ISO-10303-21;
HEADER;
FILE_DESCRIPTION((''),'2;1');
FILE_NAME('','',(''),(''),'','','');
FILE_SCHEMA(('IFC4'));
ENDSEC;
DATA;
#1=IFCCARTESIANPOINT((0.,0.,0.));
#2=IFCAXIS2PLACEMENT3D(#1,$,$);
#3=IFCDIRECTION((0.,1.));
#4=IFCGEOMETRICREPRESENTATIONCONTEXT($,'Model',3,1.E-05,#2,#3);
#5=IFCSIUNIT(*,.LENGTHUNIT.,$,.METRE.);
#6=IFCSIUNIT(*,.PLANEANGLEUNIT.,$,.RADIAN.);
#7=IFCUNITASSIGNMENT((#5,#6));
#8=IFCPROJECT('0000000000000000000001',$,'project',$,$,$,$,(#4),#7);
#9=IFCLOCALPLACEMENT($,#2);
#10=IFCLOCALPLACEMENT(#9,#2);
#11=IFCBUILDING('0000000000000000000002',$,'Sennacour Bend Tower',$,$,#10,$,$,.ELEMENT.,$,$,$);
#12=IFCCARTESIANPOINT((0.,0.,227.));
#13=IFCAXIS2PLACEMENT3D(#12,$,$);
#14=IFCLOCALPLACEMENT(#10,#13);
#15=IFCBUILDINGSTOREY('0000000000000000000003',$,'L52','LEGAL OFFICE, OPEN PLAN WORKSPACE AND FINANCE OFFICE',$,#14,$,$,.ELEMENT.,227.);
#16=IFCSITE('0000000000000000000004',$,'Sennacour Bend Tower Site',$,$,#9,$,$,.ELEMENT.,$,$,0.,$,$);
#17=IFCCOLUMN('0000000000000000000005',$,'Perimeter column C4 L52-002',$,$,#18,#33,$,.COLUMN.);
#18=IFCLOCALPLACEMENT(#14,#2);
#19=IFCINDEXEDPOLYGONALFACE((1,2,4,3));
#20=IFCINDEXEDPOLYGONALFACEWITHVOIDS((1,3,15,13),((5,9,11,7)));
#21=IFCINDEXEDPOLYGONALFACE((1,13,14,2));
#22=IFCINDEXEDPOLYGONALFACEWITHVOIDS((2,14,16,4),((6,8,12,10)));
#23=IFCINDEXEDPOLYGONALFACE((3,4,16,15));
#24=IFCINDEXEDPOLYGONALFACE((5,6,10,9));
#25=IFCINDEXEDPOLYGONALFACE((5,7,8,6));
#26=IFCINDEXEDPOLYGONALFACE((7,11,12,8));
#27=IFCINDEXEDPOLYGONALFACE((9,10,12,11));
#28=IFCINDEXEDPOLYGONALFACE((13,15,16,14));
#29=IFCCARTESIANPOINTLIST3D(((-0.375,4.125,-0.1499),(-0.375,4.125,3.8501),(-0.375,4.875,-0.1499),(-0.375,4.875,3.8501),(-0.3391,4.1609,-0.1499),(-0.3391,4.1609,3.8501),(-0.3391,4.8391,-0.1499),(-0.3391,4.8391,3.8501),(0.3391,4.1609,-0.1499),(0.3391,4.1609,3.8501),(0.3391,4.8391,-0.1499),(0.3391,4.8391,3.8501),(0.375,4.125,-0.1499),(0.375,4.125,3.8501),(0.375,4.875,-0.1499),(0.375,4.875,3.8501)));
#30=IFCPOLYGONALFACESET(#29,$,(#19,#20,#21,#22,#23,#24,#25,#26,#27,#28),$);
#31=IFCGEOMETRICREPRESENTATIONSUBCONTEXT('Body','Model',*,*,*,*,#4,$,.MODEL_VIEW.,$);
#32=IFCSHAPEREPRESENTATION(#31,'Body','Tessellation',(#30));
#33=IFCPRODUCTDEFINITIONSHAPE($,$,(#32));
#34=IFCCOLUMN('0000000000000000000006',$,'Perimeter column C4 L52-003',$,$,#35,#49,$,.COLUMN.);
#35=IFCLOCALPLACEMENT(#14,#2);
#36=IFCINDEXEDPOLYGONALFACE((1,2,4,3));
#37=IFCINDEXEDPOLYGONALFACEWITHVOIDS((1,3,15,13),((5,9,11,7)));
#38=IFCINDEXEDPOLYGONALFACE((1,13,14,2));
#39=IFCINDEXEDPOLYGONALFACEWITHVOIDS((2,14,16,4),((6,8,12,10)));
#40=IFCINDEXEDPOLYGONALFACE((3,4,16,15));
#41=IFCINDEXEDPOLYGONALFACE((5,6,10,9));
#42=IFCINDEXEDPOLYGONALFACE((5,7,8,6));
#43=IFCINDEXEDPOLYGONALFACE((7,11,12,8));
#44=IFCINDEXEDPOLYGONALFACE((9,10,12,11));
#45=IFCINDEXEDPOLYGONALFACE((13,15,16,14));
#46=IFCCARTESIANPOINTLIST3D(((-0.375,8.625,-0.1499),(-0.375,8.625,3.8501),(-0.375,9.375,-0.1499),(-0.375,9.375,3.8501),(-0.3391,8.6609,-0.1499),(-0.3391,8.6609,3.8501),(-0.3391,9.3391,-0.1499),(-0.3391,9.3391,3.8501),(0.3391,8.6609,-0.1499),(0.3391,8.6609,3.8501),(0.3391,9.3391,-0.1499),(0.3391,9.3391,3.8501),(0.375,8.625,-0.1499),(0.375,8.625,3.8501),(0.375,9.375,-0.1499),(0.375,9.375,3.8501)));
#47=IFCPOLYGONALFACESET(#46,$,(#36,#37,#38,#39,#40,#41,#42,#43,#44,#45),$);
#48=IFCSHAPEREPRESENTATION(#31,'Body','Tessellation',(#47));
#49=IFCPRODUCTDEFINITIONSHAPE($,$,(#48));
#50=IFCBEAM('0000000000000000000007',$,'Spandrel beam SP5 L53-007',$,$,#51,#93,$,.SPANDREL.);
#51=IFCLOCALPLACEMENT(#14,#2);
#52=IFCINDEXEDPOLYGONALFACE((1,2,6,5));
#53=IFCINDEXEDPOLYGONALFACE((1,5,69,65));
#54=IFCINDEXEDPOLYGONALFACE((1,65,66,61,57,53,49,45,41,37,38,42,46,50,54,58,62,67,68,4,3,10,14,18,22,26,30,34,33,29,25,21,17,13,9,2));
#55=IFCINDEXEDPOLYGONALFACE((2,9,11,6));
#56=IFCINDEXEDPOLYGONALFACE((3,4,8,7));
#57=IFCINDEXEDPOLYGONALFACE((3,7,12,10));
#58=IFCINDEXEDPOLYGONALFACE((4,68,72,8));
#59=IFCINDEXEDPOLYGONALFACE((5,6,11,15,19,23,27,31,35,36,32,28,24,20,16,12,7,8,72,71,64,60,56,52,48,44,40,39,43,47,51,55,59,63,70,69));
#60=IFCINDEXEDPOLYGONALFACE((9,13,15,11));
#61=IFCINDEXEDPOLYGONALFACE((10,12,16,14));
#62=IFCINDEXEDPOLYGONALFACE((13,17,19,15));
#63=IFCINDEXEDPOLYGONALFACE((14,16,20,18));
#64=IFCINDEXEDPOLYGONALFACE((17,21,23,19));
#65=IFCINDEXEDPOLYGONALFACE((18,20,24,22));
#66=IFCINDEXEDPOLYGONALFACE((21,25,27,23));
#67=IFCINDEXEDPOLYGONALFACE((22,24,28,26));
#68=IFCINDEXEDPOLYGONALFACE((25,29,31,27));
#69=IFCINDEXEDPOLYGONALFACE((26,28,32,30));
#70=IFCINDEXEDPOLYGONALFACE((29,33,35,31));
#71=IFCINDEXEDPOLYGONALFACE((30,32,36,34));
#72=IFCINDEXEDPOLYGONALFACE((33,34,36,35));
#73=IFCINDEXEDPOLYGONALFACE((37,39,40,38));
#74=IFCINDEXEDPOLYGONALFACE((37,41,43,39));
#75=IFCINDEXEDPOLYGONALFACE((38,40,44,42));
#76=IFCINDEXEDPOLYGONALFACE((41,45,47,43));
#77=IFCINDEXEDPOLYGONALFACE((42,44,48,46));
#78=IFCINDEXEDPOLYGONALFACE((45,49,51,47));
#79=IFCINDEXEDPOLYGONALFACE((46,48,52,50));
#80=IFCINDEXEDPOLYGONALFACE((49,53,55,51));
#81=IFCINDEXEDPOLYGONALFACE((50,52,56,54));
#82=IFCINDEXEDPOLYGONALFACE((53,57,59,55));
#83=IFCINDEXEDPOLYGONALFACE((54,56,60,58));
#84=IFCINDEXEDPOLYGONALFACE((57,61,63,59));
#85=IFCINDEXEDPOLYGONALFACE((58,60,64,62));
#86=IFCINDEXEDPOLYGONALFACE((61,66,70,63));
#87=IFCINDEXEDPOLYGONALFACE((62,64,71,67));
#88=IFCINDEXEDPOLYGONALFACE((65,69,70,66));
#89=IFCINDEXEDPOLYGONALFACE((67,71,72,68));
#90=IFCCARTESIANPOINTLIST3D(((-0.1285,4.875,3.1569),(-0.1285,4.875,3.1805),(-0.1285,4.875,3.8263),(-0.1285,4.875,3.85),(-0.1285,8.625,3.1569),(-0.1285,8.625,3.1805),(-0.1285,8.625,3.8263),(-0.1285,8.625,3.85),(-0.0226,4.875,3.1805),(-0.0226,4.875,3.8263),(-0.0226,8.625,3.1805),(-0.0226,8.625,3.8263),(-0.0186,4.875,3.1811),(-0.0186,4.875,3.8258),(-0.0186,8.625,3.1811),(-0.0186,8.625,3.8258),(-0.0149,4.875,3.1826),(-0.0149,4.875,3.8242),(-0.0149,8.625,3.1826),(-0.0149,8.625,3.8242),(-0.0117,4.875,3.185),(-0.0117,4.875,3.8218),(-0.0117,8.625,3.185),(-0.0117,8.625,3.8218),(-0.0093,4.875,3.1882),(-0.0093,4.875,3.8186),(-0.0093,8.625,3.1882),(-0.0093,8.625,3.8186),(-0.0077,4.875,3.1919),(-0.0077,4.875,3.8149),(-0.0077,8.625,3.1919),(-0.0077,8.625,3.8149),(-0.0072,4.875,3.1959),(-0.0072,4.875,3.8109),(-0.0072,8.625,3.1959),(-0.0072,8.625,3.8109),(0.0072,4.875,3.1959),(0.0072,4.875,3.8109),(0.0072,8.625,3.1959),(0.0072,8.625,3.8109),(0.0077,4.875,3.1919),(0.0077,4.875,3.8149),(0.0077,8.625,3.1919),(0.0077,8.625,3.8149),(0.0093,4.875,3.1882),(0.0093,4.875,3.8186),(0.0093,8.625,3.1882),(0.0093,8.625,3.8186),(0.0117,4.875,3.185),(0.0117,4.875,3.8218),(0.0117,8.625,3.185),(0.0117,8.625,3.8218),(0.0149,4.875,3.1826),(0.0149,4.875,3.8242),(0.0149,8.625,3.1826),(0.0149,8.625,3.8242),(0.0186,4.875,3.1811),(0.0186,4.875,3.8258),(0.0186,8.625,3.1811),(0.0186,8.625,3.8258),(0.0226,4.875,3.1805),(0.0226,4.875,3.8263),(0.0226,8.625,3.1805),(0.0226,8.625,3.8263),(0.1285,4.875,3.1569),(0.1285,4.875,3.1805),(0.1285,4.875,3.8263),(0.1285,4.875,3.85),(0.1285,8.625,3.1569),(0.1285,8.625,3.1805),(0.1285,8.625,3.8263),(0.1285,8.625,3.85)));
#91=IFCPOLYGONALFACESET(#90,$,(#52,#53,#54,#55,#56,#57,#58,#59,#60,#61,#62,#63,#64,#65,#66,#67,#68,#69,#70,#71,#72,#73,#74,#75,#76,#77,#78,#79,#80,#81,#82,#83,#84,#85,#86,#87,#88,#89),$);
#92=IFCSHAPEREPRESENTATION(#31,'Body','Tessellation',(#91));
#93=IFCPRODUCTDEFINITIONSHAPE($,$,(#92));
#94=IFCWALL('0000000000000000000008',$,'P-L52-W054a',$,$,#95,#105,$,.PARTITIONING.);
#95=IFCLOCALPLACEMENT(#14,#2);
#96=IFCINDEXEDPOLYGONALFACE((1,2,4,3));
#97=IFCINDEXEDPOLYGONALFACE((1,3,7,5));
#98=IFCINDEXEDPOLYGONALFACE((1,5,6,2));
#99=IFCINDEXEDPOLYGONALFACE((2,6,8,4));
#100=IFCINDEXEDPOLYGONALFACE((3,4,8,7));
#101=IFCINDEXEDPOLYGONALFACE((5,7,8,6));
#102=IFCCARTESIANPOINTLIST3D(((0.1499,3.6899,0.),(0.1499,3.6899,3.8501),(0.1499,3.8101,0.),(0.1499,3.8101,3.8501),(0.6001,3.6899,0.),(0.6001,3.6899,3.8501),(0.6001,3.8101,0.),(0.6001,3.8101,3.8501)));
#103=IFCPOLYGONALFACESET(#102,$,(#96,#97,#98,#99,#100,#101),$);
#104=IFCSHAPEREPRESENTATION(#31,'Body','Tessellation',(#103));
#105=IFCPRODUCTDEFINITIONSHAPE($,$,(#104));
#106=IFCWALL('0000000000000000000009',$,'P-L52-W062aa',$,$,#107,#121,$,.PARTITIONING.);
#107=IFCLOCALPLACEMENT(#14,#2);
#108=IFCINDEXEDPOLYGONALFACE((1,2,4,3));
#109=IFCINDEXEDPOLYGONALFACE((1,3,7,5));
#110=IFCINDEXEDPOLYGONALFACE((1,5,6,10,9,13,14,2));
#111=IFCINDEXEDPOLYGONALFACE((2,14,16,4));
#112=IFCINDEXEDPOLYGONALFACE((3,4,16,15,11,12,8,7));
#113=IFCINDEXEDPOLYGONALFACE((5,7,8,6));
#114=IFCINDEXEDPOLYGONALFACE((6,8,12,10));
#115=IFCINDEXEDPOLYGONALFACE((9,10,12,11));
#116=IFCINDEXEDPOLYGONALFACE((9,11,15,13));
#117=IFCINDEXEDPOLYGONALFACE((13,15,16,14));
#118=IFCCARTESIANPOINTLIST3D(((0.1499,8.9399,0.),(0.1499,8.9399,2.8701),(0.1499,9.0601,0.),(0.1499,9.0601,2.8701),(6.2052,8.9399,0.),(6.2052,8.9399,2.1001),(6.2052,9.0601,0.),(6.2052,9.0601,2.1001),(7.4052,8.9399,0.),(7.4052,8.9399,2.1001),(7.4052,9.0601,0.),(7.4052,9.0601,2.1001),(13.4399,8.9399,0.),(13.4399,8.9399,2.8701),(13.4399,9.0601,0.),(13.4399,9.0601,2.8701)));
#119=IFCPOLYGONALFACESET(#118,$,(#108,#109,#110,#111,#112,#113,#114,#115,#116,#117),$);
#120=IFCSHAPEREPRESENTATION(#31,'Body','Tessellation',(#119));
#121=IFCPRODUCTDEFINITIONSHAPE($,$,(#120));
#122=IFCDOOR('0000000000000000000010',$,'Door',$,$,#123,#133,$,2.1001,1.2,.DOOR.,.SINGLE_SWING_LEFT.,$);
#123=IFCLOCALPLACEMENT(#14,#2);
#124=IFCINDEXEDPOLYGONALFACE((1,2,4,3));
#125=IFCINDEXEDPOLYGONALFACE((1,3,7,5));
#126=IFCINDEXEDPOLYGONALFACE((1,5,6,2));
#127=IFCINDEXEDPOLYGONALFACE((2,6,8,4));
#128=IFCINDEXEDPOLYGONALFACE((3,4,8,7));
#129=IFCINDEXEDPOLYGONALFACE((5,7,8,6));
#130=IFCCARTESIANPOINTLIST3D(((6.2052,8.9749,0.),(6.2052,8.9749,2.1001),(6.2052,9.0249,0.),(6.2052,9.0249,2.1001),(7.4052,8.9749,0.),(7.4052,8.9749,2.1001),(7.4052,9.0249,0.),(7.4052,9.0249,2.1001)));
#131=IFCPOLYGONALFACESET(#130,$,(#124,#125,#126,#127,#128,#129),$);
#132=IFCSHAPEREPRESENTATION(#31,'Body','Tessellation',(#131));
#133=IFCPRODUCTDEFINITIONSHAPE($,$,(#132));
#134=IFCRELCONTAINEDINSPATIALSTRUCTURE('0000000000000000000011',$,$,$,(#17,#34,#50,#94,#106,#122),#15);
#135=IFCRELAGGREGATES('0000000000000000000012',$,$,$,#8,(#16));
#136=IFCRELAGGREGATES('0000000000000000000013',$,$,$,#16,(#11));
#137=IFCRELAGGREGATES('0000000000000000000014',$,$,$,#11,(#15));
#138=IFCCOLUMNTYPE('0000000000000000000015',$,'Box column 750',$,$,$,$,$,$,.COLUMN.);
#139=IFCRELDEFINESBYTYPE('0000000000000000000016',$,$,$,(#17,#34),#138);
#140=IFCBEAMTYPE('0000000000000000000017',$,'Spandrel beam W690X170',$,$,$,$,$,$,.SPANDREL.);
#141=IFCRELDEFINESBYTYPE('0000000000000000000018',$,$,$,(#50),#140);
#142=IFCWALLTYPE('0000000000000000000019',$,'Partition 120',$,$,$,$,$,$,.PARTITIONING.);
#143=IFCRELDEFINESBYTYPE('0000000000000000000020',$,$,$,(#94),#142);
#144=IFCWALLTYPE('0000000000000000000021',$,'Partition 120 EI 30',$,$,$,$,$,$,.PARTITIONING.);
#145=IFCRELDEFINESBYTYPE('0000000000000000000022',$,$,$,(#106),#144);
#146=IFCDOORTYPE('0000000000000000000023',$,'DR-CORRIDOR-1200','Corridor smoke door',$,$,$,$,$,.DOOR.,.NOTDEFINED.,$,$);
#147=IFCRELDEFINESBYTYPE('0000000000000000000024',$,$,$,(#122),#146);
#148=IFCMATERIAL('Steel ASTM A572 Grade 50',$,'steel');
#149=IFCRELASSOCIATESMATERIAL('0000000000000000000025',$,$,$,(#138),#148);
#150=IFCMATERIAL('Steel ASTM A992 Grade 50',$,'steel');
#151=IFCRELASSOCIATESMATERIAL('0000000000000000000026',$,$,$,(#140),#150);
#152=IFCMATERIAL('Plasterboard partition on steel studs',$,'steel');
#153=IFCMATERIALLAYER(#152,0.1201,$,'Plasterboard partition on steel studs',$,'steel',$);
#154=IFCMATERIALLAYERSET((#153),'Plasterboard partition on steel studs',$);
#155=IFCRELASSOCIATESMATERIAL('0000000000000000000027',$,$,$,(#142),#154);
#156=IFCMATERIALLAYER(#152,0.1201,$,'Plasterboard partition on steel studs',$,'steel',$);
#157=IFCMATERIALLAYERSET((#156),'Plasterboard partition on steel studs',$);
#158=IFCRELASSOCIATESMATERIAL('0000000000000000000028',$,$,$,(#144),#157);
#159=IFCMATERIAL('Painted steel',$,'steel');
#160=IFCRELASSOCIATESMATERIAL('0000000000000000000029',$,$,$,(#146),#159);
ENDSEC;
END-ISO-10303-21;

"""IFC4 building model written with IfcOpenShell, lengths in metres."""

from ifc_helpers import new_model, si_unit, direction, frame, frame_2d, origin, origin_2d, place, context, subcontext, project, spatial, rectangle, hollow_rectangle, i_section, extrude, material, layer, layer_set, material_profile, profile_set, type_object, element, fill, save


model = new_model("IFC4")

# Units and contexts
model_context = context("Model", 3, precision=1e-05, world=origin(), true_north=direction((0.0, 1.0)))
body_context = subcontext(model_context, "Body", "Model", "MODEL_VIEW")
ifc_project = project(units=[si_unit("LENGTHUNIT", "METRE"), si_unit("PLANEANGLEUNIT", "RADIAN")], contexts=[model_context])

# Site, building, storey
site_placement = place(None, origin())
site = spatial("IfcSite", under=ifc_project, at=site_placement, Name="Sennacour Bend Tower Site", CompositionType="ELEMENT", RefElevation=0.0)
building_placement = place(site_placement, origin())
building = spatial("IfcBuilding", under=site, at=building_placement, Name="Sennacour Bend Tower", CompositionType="ELEMENT")
storey_placement = place(building_placement, frame((0.0, 0.0, 227.0)))
storey = spatial("IfcBuildingStorey", under=building, at=storey_placement, Name="L52", Description="LEGAL OFFICE, OPEN PLAN WORKSPACE AND FINANCE OFFICE", CompositionType="ELEMENT", Elevation=227.0)

# Columns
ifc_material_1 = material(Name="Steel ASTM A572 Grade 50", Category="steel")
ifc_material_profile_1 = material_profile(ifc_material_1, hollow_rectangle(XDim=0.75, YDim=0.75, WallThickness=0.0359, at=origin_2d()), Name="Steel ASTM A572 Grade 50", Category="steel")
ifc_profile_set_1 = profile_set([ifc_material_profile_1], Name="Steel ASTM A572 Grade 50")
column_type = type_object("IfcColumnType", Name="Box column 750", PredefinedType="COLUMN", material=ifc_profile_set_1)
for number, where, z_axis, x_axis, name in (
    (1, (0.0, 4.5, -0.1499), (0.0, 0.0, 1.0), (1.0, 0.0, 0.0), "Perimeter column C4 L52-002"),
    (2, (0.0, 9.0, -0.1499), (0.0, 0.0, 1.0), (1.0, 0.0, 0.0), "Perimeter column C4 L52-003"),
):
    element("IfcColumn", number, at=place(storey_placement, frame(where, z_axis=z_axis, x_axis=x_axis)), inside=storey, type_object=column_type, Name=name, PredefinedType="COLUMN", context=body_context, shape_type="SweptSolid", body=[
        extrude(hollow_rectangle(XDim=0.75, YDim=0.75, WallThickness=0.0359, at=origin_2d()), origin(), (0.0, 0.0, 1.0), 4.0),
    ])

# Beam
ifc_material_2 = material(Name="Steel ASTM A992 Grade 50", Category="steel")
ifc_material_profile_2 = material_profile(ifc_material_2, i_section(OverallWidth=0.2571, OverallDepth=0.6931, WebThickness=0.0144, FlangeThickness=0.0237, FilletRadius=0.0154, at=origin_2d()), Name="Steel ASTM A992 Grade 50", Category="steel")
ifc_profile_set_2 = profile_set([ifc_material_profile_2], Name="Steel ASTM A992 Grade 50")
beam_type = type_object("IfcBeamType", Name="Spandrel beam W690X170", PredefinedType="SPANDREL", material=ifc_profile_set_2)
beam_placement = place(storey_placement, frame((0.0, 4.875, 3.5034), z_axis=(0.0, 1.0, 0.0), x_axis=(-1.0, 0.0, 0.0)))
element("IfcBeam", 3, at=beam_placement, inside=storey, type_object=beam_type, Name="Spandrel beam SP5 L53-007", PredefinedType="SPANDREL", context=body_context, shape_type="SweptSolid", body=[
    extrude(i_section(OverallWidth=0.2571, OverallDepth=0.6931, WebThickness=0.0144, FlangeThickness=0.0237, FilletRadius=0.0154, at=origin_2d()), origin(), (0.0, 0.0, 1.0), 3.75),
])

# Wall
ifc_material_3 = material(Name="Plasterboard partition on steel studs", Category="steel")
ifc_layer_1 = layer(ifc_material_3, 0.1201, Name="Plasterboard partition on steel studs", Category="steel")
ifc_layer_set_1 = layer_set([ifc_layer_1], Name="Plasterboard partition on steel studs")
wall_type_1 = type_object("IfcWallType", Name="Partition 120", PredefinedType="PARTITIONING", material=ifc_layer_set_1)
wall_1_placement = place(storey_placement, frame((0.1499, 3.75, 0.0), z_axis=(0.0, 0.0, 1.0), x_axis=(1.0, 0.0, 0.0)))
element("IfcWall", 4, at=wall_1_placement, inside=storey, type_object=wall_type_1, Name="P-L52-W054a", PredefinedType="PARTITIONING", context=body_context, shape_type="SweptSolid", body=[
    extrude(rectangle(XDim=0.4502, YDim=0.1201, at=frame_2d((0.2251, 0.0))), origin(), (0.0, 0.0, 1.0), 3.8501),
])

# Wall, opening, door
ifc_layer_2 = layer(ifc_material_3, 0.1201, Name="Plasterboard partition on steel studs", Category="steel")
ifc_layer_set_2 = layer_set([ifc_layer_2], Name="Plasterboard partition on steel studs")
wall_type_2 = type_object("IfcWallType", Name="Partition 120 EI 30", PredefinedType="PARTITIONING", material=ifc_layer_set_2)
wall_2_placement = place(storey_placement, frame((0.1499, 9.0, 0.0), z_axis=(0.0, 0.0, 1.0), x_axis=(1.0, 0.0, 0.0)))
wall_2 = element("IfcWall", 5, at=wall_2_placement, inside=storey, type_object=wall_type_2, Name="P-L52-W062aa", PredefinedType="PARTITIONING", context=body_context, shape_type="SweptSolid", body=[
    extrude(rectangle(XDim=13.29, YDim=0.1201, at=frame_2d((6.645, 0.0))), origin(), (0.0, 0.0, 1.0), 2.8701),
])
opening_1_placement = place(wall_2_placement, frame((6.0552, 0.0, 0.0)))
opening_1 = element("IfcOpeningElement", 6, at=opening_1_placement, cuts=wall_2, PredefinedType="OPENING", context=body_context, shape_type="SweptSolid", body=[
    extrude(rectangle(XDim=1.2, YDim=2.1001, at=frame_2d((0.6001, 1.05))), frame((0.0, 0.0701, 0.0), z_axis=(0.0, -1.0, 0.0), x_axis=(1.0, 0.0, 0.0)), (0.0, 0.0, 1.0), 0.1401),
])
ifc_material_4 = material(Name="Painted steel", Category="steel")
door_type_1 = type_object("IfcDoorType", Name="DR-CORRIDOR-1200", Description="Corridor smoke door", OperationType="NOTDEFINED", PredefinedType="DOOR", material=ifc_material_4)
door_1_placement = place(opening_1_placement, origin())
door_1 = element("IfcDoor", 7, at=door_1_placement, inside=storey, type_object=door_type_1, Name="Door", OperationType="SINGLE_SWING_LEFT", OverallHeight=2.1001, OverallWidth=1.2, PredefinedType="DOOR", context=body_context, shape_type="SweptSolid", body=[
    extrude(rectangle(XDim=1.2, YDim=2.1001, at=frame_2d((0.6001, 1.05))), frame((0.0, 0.0249, 0.0), z_axis=(0.0, -1.0, 0.0), x_axis=(1.0, 0.0, 0.0)), (0.0, 0.0, 1.0), 0.05),
])
fill(opening_1, door_1)

save(model, "model.ifc")
